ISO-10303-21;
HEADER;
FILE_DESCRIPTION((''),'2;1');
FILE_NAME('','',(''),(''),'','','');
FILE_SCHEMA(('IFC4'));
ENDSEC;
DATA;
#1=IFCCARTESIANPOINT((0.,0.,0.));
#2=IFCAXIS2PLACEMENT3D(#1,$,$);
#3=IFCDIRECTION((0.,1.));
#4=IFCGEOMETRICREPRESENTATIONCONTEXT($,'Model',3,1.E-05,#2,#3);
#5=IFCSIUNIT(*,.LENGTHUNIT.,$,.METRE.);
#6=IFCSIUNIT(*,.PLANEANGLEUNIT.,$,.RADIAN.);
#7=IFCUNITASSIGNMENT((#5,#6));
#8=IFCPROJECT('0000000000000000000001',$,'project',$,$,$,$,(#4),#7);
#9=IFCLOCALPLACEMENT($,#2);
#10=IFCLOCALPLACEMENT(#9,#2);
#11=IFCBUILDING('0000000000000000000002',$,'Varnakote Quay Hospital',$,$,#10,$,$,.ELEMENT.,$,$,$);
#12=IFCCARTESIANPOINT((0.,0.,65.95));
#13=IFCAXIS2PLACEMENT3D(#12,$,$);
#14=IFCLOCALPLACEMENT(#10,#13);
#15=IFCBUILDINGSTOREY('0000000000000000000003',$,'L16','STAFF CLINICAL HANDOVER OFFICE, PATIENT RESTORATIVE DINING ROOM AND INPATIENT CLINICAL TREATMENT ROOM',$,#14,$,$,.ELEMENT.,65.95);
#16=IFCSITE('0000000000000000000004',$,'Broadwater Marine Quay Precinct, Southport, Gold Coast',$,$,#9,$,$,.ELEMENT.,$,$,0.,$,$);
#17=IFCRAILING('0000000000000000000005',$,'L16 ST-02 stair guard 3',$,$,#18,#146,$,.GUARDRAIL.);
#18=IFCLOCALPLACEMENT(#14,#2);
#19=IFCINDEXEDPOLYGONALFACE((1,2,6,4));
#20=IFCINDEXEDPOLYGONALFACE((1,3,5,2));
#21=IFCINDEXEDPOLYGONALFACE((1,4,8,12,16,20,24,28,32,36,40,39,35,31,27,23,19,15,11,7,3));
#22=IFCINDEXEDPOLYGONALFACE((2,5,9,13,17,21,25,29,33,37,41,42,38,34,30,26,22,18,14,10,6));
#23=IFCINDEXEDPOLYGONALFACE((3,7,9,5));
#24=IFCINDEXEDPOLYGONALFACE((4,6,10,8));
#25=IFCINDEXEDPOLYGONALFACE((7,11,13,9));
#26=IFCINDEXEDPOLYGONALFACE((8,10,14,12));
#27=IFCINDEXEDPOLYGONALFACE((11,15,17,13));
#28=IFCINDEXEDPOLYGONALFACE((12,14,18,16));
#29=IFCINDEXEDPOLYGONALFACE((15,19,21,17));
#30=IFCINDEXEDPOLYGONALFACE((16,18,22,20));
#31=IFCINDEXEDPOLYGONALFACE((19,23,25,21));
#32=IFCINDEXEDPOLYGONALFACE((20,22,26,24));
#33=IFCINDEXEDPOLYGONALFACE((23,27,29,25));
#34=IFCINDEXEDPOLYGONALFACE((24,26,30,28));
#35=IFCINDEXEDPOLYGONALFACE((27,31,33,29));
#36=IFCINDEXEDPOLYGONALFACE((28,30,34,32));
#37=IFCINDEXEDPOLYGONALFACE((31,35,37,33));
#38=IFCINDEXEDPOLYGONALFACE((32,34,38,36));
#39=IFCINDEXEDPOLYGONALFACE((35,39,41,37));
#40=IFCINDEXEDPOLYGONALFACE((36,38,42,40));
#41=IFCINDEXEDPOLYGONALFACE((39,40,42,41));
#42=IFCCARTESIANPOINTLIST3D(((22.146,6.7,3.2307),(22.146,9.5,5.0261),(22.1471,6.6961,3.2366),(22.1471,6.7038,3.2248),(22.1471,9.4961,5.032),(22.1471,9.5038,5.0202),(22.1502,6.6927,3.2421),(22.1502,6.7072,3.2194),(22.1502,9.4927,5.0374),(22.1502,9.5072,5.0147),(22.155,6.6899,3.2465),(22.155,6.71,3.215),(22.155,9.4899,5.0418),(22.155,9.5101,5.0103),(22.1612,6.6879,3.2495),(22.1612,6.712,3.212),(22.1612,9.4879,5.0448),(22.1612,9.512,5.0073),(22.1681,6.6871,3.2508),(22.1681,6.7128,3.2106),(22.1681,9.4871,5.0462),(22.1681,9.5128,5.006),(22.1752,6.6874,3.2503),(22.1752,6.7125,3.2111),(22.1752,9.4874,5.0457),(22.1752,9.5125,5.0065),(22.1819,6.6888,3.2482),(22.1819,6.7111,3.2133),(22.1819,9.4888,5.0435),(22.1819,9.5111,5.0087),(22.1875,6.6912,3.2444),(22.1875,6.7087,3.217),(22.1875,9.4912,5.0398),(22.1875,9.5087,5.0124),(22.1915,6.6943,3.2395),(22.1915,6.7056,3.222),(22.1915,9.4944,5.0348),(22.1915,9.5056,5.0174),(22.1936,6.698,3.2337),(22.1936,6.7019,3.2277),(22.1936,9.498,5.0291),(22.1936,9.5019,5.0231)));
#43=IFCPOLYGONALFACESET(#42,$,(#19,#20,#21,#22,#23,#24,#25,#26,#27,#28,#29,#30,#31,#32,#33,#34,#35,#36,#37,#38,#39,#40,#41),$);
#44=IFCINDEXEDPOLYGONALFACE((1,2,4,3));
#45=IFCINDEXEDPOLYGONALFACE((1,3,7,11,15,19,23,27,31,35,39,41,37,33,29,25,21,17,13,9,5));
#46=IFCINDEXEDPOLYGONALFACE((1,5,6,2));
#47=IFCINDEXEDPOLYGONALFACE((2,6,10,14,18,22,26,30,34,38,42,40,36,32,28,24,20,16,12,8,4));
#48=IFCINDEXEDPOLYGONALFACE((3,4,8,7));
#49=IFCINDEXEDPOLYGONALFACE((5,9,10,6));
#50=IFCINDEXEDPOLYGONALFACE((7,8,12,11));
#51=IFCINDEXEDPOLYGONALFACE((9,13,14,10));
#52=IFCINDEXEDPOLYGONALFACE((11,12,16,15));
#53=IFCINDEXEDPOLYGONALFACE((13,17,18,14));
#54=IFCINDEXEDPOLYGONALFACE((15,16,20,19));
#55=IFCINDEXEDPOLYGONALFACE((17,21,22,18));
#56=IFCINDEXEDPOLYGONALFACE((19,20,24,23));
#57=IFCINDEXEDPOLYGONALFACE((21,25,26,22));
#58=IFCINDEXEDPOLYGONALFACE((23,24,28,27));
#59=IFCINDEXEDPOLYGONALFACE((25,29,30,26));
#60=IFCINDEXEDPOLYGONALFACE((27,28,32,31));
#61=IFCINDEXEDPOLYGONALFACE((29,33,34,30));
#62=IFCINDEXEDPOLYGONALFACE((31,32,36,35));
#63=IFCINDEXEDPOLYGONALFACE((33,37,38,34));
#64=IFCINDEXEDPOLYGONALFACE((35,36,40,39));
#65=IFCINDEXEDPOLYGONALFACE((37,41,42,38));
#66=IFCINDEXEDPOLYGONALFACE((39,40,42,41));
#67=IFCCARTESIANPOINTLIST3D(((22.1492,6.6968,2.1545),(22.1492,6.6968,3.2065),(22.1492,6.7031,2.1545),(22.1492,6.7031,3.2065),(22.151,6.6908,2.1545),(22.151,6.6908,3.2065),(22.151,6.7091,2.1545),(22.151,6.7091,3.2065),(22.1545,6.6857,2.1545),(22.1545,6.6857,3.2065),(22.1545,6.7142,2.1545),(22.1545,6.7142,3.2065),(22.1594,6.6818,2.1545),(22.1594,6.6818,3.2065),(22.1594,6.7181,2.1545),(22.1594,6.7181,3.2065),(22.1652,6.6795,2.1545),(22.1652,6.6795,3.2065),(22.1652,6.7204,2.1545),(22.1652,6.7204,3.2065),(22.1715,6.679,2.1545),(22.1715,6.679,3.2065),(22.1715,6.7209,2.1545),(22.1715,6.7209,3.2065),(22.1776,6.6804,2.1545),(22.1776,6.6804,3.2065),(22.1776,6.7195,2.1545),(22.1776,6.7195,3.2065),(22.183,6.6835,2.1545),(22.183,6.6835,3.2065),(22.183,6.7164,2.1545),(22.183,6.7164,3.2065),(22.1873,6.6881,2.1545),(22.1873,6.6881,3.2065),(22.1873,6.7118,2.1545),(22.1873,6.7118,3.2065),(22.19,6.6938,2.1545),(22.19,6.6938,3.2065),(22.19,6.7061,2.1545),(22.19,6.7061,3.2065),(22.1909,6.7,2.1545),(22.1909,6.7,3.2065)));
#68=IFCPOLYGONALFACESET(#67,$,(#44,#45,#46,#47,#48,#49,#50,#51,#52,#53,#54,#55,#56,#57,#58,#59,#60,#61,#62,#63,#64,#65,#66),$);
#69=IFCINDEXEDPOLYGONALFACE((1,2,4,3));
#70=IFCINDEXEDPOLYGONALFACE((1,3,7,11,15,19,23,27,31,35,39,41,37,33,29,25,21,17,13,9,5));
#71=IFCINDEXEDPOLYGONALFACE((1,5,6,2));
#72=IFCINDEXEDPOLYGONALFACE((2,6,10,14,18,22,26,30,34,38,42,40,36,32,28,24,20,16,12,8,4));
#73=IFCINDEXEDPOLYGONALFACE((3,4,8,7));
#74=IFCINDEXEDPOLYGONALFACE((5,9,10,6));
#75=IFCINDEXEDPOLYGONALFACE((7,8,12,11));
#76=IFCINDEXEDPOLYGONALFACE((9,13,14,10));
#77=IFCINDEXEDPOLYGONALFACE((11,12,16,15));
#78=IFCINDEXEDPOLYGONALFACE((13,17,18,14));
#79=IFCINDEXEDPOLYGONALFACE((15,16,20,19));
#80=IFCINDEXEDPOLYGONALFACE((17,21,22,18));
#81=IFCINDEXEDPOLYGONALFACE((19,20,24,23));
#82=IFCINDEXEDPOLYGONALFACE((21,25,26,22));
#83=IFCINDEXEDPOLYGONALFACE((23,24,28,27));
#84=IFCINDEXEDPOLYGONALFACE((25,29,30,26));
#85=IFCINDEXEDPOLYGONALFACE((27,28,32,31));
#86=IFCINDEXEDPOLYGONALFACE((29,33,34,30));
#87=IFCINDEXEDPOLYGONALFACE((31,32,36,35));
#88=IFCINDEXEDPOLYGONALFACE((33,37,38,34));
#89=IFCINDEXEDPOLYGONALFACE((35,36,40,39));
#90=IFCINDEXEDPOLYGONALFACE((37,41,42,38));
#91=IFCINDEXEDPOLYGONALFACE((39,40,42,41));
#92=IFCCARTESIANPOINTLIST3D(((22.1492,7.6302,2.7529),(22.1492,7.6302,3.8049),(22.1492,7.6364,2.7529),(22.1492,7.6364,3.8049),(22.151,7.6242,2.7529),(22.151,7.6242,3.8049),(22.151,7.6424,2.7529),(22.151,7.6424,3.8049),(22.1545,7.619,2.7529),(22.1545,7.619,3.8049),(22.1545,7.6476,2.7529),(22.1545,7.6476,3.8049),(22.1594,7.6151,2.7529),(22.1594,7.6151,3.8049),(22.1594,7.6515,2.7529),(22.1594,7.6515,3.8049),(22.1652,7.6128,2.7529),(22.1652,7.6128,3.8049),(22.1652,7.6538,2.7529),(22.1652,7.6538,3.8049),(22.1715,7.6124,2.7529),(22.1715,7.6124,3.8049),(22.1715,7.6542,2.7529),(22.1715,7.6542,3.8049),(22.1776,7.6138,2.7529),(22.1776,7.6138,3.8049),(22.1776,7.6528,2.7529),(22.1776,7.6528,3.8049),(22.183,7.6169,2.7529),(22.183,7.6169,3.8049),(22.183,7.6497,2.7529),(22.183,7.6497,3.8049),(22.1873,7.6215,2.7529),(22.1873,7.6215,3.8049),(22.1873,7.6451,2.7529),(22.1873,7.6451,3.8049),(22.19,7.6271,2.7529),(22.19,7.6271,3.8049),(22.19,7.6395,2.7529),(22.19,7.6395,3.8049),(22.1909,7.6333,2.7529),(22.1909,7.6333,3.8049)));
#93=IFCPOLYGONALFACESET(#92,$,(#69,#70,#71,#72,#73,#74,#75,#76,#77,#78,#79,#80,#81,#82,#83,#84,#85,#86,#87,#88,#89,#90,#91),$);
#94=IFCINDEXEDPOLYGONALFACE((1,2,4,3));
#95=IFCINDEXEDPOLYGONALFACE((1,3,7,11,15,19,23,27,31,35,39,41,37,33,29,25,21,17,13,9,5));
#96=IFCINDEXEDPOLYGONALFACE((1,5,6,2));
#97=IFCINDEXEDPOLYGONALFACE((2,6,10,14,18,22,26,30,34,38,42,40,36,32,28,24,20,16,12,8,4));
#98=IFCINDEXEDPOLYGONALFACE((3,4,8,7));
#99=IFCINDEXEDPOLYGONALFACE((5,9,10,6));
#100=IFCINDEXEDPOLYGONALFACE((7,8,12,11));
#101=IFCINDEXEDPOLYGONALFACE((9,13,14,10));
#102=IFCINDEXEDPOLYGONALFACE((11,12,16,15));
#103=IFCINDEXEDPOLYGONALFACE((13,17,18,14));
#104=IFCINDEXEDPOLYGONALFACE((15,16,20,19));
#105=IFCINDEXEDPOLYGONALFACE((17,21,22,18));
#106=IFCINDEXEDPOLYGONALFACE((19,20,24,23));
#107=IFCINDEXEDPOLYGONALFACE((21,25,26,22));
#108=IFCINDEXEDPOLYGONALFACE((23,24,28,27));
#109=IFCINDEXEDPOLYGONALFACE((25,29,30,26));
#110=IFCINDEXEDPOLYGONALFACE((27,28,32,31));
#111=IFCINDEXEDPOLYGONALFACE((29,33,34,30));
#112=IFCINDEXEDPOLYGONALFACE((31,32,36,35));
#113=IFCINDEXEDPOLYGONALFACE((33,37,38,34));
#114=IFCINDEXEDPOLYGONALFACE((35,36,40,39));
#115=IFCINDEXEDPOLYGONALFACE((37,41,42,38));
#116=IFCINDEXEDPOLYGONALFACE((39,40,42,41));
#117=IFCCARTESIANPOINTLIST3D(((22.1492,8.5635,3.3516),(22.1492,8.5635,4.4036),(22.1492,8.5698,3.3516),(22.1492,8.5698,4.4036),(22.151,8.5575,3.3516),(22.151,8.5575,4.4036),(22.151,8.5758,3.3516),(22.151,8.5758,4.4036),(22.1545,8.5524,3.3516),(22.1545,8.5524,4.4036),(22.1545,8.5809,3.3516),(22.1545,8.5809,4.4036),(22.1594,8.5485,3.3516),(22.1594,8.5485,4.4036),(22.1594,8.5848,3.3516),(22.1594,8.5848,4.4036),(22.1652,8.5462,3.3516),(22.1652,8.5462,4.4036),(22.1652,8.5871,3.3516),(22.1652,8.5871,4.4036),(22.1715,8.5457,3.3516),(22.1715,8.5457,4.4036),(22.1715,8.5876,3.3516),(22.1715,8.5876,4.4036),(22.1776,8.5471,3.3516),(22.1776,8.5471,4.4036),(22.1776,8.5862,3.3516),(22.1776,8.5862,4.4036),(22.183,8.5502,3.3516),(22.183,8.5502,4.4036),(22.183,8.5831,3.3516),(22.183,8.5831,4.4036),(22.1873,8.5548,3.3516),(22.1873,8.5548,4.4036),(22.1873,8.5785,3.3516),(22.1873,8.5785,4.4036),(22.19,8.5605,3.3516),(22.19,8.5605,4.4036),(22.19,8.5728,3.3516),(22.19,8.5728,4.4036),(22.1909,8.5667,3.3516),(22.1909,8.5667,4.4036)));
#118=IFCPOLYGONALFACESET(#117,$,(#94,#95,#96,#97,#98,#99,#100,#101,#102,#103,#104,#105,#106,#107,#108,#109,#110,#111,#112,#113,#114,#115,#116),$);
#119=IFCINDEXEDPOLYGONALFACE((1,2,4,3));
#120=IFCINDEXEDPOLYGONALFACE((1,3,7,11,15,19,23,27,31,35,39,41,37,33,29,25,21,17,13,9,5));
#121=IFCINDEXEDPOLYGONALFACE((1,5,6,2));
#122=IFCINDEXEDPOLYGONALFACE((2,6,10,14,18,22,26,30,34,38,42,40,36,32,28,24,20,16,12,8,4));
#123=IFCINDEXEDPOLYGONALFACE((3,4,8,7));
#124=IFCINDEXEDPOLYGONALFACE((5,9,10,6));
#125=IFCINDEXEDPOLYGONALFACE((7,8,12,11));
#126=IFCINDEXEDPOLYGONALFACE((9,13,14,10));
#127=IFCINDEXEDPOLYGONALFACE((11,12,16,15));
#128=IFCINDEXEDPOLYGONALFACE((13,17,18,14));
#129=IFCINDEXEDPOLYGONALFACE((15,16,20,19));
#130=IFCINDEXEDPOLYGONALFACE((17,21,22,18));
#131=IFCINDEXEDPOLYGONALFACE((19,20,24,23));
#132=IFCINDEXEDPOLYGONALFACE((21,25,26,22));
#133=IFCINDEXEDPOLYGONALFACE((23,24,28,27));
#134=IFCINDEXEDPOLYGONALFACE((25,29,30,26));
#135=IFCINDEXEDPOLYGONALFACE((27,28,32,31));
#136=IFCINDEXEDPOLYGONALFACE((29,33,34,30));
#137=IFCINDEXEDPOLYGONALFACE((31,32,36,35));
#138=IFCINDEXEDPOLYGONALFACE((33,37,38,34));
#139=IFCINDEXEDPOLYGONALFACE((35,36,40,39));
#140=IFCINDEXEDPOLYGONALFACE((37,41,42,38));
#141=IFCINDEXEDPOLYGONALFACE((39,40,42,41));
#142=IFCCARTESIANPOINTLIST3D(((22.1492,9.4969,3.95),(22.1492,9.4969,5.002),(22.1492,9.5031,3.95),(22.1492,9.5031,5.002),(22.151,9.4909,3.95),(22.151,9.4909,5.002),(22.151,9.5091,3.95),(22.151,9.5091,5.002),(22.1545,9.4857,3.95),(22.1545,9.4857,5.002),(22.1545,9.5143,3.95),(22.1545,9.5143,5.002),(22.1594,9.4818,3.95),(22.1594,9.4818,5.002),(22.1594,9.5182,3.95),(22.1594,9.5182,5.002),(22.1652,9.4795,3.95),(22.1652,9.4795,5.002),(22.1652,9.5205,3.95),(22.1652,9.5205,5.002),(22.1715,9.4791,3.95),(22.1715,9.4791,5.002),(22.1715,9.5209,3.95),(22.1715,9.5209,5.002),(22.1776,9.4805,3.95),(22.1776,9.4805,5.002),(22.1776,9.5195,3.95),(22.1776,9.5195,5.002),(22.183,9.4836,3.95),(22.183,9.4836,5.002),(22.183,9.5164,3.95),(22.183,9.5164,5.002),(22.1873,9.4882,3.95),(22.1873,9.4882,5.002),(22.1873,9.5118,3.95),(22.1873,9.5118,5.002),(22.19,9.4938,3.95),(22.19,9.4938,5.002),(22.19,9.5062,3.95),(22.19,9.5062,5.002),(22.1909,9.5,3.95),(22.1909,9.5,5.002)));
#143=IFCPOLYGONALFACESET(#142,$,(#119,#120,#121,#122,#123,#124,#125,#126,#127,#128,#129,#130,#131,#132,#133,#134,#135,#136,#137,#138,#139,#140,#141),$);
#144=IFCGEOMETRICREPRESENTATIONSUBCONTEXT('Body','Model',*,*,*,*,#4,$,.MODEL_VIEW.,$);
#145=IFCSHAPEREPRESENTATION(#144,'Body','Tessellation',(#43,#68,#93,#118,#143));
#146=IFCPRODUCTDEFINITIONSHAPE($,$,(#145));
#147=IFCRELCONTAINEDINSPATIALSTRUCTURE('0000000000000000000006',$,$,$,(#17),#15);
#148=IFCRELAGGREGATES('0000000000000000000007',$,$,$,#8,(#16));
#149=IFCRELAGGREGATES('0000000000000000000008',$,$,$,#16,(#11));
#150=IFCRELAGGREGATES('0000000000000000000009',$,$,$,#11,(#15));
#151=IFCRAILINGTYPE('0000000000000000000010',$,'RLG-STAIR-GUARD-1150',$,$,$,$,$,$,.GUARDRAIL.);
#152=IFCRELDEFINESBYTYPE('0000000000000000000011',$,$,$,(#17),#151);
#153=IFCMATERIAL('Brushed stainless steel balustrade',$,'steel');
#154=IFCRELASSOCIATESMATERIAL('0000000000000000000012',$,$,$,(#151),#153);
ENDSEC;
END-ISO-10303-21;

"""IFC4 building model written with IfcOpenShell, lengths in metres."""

from ifc_helpers import new_model, si_unit, direction, frame, origin, origin_2d, place, context, subcontext, project, spatial, circle, extrude, material, type_object, element, save


model = new_model("IFC4")

# Units and contexts
model_context = context("Model", 3, precision=1e-05, world=origin(), true_north=direction((0.0, 1.0)))
body_context = subcontext(model_context, "Body", "Model", "MODEL_VIEW")
ifc_project = project(units=[si_unit("LENGTHUNIT", "METRE"), si_unit("PLANEANGLEUNIT", "RADIAN")], contexts=[model_context])

# Site, building, storey
site_placement = place(None, origin())
site = spatial("IfcSite", under=ifc_project, at=site_placement, Name="Broadwater Marine Quay Precinct, Southport, Gold Coast", CompositionType="ELEMENT", RefElevation=0.0)
building_placement = place(site_placement, origin())
building = spatial("IfcBuilding", under=site, at=building_placement, Name="Varnakote Quay Hospital", CompositionType="ELEMENT")
storey_placement = place(building_placement, frame((0.0, 0.0, 65.95)))
storey = spatial("IfcBuildingStorey", under=building, at=storey_placement, Name="L16", Description="STAFF CLINICAL HANDOVER OFFICE, PATIENT RESTORATIVE DINING ROOM AND INPATIENT CLINICAL TREATMENT ROOM", CompositionType="ELEMENT", Elevation=65.95)

# Railing
ifc_material_1 = material(Name="Brushed stainless steel balustrade", Category="steel")
railing_type_1 = type_object("IfcRailingType", Name="RLG-STAIR-GUARD-1150", PredefinedType="GUARDRAIL", material=ifc_material_1)
railing_1_placement = place(storey_placement, frame((22.1699, 6.7, 2.1545)))
element("IfcRailing", 1, at=railing_1_placement, inside=storey, type_object=railing_type_1, Name="L16 ST-02 stair guard 3", PredefinedType="GUARDRAIL", context=body_context, shape_type="SweptSolid", body=[
    extrude(circle(Radius=0.0239, at=origin_2d()), frame((0.0, 0.0, 1.0762), z_axis=(0.0, 0.84181, 0.539774), x_axis=(-1.0, 0.0, 0.0)), (0.0, 0.0, 1.0), 3.3262),
    extrude(circle(Radius=0.021, at=origin_2d()), origin(), (0.0, 0.0, 1.0), 1.052),
    extrude(circle(Radius=0.021, at=origin_2d()), frame((0.0, 0.9333, 0.5984)), (0.0, 0.0, 1.0), 1.052),
    extrude(circle(Radius=0.021, at=origin_2d()), frame((0.0, 1.8667, 1.197)), (0.0, 0.0, 1.0), 1.052),
    extrude(circle(Radius=0.021, at=origin_2d()), frame((0.0, 2.8, 1.7954)), (0.0, 0.0, 1.0), 1.052),
])

save(model, "model.ifc")
